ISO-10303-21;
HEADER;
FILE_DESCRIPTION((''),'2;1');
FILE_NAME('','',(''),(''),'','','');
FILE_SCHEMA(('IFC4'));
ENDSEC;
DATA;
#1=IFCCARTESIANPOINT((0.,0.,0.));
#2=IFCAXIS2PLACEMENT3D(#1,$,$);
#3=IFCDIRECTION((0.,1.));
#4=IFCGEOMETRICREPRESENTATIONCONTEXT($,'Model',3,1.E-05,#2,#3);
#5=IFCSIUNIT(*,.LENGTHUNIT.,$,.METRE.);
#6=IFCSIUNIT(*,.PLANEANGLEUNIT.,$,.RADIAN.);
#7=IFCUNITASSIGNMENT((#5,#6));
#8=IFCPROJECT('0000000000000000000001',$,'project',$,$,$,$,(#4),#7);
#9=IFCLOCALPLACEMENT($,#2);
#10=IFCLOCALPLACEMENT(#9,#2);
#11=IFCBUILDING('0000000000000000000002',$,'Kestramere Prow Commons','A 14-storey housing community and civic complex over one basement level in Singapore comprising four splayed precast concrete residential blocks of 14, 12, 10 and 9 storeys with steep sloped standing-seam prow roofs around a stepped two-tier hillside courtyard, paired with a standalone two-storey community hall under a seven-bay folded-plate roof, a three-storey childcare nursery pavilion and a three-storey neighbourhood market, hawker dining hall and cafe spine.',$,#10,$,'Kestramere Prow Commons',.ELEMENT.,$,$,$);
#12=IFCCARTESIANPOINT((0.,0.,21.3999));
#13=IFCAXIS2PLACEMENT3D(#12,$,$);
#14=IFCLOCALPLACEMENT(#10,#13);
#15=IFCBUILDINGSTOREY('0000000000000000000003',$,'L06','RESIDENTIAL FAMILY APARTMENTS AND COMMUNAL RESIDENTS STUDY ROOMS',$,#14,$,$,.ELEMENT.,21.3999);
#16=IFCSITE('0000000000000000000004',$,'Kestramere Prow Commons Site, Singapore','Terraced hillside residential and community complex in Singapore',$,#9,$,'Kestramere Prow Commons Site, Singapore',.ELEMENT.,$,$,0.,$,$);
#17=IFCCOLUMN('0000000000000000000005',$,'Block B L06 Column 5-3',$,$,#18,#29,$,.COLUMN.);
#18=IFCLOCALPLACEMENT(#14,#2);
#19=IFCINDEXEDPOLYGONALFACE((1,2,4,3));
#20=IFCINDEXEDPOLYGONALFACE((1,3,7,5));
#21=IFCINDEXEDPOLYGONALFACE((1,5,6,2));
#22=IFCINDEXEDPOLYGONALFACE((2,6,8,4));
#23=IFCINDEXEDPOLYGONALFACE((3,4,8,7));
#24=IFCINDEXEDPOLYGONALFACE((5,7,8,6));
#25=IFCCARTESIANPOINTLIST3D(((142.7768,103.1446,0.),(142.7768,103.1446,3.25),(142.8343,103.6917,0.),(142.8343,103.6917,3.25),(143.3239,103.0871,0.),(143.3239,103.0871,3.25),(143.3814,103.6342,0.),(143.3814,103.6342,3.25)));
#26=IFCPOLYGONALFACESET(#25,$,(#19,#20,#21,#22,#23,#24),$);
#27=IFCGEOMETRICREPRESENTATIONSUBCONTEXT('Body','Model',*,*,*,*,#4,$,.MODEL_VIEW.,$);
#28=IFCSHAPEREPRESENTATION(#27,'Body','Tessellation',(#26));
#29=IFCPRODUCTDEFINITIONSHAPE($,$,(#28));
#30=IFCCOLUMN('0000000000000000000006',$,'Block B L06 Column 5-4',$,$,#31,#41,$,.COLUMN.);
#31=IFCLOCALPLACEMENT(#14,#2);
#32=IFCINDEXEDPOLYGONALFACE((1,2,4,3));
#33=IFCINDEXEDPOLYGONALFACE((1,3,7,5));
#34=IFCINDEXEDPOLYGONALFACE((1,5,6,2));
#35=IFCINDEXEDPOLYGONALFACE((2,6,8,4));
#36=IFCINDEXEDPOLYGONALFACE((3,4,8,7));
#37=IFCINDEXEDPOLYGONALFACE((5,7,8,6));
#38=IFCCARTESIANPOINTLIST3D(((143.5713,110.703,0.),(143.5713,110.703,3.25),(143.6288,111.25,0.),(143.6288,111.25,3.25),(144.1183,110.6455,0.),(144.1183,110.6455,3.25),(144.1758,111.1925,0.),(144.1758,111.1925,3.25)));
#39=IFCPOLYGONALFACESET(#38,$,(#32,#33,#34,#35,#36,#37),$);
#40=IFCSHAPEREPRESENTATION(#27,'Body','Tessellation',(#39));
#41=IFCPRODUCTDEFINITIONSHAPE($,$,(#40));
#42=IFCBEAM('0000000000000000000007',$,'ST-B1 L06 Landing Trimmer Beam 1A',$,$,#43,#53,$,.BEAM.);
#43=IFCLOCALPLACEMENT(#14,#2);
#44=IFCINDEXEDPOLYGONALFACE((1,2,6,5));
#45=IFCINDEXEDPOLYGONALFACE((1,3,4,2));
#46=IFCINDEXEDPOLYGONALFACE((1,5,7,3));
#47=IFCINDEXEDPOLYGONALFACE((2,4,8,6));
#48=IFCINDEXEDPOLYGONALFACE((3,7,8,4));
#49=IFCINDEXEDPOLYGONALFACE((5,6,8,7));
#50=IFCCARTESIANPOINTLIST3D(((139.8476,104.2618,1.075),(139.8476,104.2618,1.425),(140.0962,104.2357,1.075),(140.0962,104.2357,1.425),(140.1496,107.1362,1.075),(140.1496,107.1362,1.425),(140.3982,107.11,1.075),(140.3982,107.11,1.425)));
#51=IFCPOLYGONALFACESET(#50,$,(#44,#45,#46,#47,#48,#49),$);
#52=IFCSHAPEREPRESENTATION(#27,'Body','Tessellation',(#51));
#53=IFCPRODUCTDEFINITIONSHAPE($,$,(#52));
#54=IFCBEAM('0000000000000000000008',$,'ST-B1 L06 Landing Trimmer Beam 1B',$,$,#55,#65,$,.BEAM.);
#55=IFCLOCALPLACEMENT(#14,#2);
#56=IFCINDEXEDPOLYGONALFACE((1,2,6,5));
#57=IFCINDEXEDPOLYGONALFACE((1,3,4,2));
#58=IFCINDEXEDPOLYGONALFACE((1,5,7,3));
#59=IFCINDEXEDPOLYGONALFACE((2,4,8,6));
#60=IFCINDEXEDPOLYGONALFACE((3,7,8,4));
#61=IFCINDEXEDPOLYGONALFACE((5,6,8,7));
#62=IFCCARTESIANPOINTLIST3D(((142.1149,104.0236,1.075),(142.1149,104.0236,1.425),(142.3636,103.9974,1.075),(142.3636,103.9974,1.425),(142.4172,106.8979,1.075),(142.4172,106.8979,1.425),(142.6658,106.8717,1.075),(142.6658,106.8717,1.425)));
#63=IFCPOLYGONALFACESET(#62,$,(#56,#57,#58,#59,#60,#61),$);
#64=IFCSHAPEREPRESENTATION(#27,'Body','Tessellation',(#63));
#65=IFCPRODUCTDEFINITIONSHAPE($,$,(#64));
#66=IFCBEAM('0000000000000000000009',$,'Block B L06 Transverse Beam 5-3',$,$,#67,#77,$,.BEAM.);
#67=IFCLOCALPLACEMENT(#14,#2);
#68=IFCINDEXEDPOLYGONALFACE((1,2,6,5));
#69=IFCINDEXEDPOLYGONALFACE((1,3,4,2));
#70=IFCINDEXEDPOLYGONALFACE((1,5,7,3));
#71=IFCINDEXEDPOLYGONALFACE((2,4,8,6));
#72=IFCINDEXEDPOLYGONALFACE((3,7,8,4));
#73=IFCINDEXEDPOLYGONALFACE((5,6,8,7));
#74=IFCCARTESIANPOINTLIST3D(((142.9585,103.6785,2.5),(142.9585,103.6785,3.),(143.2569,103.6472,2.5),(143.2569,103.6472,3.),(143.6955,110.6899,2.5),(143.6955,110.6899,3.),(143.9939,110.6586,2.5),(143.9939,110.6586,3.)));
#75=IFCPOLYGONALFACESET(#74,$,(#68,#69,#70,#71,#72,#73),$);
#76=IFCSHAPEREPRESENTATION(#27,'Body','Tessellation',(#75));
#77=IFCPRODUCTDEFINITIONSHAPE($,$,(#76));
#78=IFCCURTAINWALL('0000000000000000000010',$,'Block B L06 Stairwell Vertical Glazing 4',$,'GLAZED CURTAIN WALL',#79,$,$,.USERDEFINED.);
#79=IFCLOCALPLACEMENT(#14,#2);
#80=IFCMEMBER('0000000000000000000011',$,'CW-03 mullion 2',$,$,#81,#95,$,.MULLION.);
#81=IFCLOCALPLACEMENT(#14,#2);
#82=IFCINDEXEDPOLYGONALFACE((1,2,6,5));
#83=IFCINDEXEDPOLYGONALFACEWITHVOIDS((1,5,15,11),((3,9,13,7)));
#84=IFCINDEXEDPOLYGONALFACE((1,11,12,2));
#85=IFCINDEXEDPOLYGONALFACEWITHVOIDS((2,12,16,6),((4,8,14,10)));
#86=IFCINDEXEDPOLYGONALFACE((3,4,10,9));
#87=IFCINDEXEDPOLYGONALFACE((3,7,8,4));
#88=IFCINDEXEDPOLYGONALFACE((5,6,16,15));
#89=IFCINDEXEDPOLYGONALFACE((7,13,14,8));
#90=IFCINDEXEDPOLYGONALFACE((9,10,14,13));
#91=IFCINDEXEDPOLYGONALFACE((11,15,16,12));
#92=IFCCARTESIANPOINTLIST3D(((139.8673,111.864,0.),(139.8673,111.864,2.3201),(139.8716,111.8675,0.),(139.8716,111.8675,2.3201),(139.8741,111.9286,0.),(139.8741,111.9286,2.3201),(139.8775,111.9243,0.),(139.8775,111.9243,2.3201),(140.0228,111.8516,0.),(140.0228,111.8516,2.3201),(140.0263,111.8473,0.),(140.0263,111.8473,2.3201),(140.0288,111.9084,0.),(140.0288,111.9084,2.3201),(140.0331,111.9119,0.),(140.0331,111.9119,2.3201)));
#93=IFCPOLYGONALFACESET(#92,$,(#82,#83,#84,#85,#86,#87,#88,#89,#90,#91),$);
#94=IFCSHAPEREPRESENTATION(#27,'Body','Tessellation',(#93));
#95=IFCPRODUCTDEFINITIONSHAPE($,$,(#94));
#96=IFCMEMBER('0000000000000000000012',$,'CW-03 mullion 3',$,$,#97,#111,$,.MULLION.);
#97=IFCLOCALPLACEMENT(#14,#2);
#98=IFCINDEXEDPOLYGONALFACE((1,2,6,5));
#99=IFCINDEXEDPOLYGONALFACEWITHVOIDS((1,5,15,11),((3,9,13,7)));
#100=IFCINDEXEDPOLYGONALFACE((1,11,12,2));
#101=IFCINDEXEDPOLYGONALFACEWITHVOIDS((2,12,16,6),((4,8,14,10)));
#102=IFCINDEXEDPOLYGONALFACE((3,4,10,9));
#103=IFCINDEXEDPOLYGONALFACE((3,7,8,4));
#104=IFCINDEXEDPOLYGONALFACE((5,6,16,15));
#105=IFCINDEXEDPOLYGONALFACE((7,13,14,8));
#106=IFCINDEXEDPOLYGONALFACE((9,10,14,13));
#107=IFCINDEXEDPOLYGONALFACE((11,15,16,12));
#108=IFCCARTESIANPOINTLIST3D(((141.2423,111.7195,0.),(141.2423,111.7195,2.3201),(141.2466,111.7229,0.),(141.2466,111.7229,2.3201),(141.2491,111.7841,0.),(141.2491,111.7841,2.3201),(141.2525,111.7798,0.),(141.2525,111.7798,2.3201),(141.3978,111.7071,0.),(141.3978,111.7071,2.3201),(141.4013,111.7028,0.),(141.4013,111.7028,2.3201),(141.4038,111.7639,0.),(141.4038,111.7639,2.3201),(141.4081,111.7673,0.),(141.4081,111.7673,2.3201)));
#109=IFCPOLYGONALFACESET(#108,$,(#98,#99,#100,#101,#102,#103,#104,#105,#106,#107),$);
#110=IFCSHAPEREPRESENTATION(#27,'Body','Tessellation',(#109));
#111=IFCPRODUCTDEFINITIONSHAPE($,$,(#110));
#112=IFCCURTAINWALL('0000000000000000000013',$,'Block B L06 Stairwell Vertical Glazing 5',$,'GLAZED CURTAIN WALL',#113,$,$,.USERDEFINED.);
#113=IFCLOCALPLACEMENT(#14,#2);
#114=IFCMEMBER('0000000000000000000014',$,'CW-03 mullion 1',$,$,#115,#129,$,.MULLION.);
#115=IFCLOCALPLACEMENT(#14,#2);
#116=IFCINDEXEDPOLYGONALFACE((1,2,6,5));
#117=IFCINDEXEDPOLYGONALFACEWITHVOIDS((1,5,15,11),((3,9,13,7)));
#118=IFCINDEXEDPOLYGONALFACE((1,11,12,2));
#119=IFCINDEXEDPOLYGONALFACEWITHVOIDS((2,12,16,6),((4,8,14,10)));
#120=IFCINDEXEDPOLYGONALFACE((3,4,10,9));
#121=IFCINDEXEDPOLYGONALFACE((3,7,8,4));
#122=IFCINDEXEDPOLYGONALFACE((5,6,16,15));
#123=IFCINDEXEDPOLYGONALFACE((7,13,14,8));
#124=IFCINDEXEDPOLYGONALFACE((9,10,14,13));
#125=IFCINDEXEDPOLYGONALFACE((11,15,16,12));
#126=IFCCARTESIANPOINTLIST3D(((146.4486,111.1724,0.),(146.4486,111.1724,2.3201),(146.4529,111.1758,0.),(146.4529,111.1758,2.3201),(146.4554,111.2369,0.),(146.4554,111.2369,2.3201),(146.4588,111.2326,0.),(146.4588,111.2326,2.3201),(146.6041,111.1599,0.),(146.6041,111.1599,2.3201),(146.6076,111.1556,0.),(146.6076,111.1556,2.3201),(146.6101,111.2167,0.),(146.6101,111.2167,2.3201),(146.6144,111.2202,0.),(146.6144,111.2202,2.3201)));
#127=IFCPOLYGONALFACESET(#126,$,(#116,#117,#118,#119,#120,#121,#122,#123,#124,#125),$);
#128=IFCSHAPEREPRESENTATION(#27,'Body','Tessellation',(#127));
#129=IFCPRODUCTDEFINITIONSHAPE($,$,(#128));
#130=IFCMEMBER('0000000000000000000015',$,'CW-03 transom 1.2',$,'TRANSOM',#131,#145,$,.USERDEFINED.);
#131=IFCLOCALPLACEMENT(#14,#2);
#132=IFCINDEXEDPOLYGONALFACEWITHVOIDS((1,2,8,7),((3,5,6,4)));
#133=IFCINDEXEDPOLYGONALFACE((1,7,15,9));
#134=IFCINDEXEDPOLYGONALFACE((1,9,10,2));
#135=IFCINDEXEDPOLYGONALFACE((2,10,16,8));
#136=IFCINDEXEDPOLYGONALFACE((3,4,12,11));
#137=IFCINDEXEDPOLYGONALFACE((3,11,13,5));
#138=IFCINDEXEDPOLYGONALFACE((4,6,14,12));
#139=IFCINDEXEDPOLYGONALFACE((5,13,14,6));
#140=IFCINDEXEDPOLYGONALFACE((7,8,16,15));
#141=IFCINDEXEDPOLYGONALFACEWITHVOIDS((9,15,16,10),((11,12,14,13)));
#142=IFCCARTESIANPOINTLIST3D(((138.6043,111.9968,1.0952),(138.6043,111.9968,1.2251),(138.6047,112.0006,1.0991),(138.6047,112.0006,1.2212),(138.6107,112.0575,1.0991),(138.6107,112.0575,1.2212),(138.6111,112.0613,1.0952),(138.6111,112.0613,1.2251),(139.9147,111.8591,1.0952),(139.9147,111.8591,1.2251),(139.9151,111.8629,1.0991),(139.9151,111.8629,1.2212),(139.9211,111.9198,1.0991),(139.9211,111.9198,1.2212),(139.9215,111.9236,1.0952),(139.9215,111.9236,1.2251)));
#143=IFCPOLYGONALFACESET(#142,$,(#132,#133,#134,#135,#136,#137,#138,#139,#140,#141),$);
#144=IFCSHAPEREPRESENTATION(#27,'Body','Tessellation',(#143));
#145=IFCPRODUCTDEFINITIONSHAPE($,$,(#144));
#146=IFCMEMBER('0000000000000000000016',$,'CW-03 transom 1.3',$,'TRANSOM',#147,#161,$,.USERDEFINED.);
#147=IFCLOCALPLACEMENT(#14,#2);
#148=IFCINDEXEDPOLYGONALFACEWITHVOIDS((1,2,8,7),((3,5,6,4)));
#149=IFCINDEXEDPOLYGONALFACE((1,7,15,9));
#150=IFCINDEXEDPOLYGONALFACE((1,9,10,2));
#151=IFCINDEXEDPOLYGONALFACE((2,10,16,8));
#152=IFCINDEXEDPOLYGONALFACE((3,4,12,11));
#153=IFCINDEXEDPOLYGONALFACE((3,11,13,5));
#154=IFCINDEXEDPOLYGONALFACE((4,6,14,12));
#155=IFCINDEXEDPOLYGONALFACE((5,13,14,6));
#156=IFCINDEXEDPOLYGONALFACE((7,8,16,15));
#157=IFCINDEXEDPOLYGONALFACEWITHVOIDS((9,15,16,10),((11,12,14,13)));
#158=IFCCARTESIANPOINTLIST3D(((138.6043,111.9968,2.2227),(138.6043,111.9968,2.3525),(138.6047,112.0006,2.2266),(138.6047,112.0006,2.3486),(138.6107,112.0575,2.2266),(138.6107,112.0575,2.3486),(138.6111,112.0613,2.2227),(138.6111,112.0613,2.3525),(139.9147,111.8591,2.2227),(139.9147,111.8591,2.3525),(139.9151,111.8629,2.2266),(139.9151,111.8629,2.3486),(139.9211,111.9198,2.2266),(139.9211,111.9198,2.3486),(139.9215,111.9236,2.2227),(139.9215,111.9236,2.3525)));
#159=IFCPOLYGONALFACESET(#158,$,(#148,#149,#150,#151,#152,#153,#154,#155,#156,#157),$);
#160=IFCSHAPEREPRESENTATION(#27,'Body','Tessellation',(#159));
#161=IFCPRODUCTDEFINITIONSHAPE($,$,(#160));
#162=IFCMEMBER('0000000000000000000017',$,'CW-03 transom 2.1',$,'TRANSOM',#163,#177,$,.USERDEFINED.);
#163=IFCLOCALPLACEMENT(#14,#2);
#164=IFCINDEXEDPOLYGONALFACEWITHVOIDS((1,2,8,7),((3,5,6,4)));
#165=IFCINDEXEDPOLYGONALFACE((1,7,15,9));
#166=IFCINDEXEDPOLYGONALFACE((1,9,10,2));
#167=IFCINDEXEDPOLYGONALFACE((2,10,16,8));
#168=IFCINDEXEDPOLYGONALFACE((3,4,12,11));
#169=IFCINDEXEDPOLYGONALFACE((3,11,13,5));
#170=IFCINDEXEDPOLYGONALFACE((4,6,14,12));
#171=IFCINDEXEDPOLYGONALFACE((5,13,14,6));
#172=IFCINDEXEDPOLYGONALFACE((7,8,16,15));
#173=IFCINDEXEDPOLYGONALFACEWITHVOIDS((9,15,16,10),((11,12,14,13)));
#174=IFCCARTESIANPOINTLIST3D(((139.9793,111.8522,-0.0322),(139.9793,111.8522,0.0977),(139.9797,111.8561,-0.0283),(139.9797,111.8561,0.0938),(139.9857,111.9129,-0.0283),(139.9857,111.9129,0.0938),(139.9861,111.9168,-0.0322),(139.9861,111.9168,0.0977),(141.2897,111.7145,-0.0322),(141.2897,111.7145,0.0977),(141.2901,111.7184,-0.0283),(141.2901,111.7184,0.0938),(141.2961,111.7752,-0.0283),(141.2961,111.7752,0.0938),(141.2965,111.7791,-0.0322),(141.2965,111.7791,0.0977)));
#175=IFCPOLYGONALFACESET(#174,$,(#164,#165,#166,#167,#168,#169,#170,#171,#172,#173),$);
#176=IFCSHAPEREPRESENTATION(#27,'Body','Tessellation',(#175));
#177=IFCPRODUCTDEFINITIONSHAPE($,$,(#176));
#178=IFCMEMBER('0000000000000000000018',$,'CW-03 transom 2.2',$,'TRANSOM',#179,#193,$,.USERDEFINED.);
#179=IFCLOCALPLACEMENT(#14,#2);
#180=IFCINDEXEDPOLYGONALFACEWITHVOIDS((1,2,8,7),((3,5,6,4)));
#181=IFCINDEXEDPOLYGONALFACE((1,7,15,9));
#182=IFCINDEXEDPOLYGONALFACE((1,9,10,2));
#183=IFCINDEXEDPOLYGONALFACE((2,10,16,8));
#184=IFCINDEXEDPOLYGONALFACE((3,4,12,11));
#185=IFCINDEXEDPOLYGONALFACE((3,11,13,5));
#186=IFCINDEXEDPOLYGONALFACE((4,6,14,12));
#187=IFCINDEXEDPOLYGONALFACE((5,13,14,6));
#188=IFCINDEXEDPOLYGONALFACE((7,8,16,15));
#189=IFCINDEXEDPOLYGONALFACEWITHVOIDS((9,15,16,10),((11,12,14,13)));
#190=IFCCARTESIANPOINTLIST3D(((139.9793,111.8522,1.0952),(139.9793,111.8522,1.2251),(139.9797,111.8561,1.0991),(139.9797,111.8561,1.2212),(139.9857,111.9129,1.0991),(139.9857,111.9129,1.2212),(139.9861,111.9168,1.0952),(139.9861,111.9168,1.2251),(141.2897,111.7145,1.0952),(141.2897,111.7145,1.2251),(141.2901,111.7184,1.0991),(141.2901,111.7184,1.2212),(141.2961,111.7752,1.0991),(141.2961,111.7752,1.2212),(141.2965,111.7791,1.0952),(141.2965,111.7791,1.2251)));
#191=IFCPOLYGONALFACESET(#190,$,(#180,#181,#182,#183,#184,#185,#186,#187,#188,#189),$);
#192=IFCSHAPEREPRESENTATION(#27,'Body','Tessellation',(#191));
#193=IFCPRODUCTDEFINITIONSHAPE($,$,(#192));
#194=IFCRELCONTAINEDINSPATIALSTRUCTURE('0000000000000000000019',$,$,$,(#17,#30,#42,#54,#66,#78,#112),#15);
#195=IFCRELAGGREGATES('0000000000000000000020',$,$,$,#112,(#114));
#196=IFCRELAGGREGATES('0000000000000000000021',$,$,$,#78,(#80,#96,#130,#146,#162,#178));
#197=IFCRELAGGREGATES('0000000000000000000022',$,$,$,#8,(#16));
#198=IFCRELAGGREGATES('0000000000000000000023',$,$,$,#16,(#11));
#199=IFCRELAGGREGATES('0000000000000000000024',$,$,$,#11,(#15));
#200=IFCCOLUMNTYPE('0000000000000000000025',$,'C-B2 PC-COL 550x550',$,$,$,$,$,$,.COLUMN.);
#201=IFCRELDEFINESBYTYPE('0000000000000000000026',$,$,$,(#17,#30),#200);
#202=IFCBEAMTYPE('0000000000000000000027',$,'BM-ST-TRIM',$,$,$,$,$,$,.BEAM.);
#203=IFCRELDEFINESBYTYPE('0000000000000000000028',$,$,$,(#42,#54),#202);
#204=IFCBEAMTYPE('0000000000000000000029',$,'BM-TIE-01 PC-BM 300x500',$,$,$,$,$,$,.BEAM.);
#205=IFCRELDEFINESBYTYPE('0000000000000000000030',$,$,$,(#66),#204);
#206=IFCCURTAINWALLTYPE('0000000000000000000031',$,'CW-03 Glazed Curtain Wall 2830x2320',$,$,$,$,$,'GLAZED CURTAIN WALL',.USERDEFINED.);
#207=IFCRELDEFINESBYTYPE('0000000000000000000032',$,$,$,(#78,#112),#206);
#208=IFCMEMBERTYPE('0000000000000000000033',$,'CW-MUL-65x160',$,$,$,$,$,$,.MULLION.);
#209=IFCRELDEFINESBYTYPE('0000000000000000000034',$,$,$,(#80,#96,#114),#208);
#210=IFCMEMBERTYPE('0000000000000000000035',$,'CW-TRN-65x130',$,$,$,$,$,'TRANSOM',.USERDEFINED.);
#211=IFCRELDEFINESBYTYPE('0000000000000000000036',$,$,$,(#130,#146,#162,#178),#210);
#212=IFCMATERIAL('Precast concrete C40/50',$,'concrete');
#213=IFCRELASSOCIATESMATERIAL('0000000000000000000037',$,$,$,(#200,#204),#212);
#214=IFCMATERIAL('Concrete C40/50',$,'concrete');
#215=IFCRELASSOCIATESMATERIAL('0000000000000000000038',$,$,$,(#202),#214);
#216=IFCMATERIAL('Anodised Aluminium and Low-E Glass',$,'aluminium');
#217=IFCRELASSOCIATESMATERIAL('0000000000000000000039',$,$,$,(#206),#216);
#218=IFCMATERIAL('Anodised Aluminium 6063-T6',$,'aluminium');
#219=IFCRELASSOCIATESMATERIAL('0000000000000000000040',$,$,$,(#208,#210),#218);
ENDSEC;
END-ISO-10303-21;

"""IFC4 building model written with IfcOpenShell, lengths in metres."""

from ifc_helpers import new_model, si_unit, direction, frame, origin, origin_2d, place, context, subcontext, project, spatial, rectangle, hollow_rectangle, extrude, material, material_profile, profile_set, type_object, element, aggregate, save


model = new_model("IFC4")

# Units and contexts
model_context = context("Model", 3, precision=1e-05, world=origin(), true_north=direction((0.0, 1.0)))
body_context = subcontext(model_context, "Body", "Model", "MODEL_VIEW")
ifc_project = project(units=[si_unit("LENGTHUNIT", "METRE"), si_unit("PLANEANGLEUNIT", "RADIAN")], contexts=[model_context])

# Site, building, storey
site_placement = place(None, origin())
site = spatial("IfcSite", under=ifc_project, at=site_placement, Name="Kestramere Prow Commons Site, Singapore", Description="Terraced hillside residential and community complex in Singapore", LongName="Kestramere Prow Commons Site, Singapore", CompositionType="ELEMENT", RefElevation=0.0)
building_placement = place(site_placement, origin())
building = spatial("IfcBuilding", under=site, at=building_placement, Name="Kestramere Prow Commons", Description="A 14-storey housing community and civic complex over one basement level in Singapore comprising four splayed precast concrete residential blocks of 14, 12, 10 and 9 storeys with steep sloped standing-seam prow roofs around a stepped two-tier hillside courtyard, paired with a standalone two-storey community hall under a seven-bay folded-plate roof, a three-storey childcare nursery pavilion and a three-storey neighbourhood market, hawker dining hall and cafe spine.", LongName="Kestramere Prow Commons", CompositionType="ELEMENT")
storey_placement = place(building_placement, frame((0.0, 0.0, 21.3999)))
storey = spatial("IfcBuildingStorey", under=building, at=storey_placement, Name="L06", Description="RESIDENTIAL FAMILY APARTMENTS AND COMMUNAL RESIDENTS STUDY ROOMS", CompositionType="ELEMENT", Elevation=21.3999)

# Columns
ifc_material_1 = material(Name="Precast concrete C40/50", Category="concrete")
ifc_material_profile_1 = material_profile(ifc_material_1, rectangle(XDim=0.55, YDim=0.55, at=origin_2d()), Name="PC-COL 550x550")
ifc_profile_set_1 = profile_set([ifc_material_profile_1], Name="Precast concrete C40/50")
column_type = type_object("IfcColumnType", Name="C-B2 PC-COL 550x550", PredefinedType="COLUMN", material=ifc_profile_set_1)
for number, where, z_axis, x_axis, name in (
    (1, (143.0791, 103.3894, 0.0), (0.0, 0.0, 1.0), (0.994522, -0.104528, 0.0), "Block B L06 Column 5-3"),
    (2, (143.8735, 110.9478, 0.0), (0.0, 0.0, 1.0), (0.994522, -0.104528, 0.0), "Block B L06 Column 5-4"),
):
    element("IfcColumn", number, at=place(storey_placement, frame(where, z_axis=z_axis, x_axis=x_axis)), inside=storey, type_object=column_type, Name=name, PredefinedType="COLUMN", context=body_context, shape_type="SweptSolid", body=[
        extrude(rectangle(XDim=0.55, YDim=0.55, at=origin_2d()), origin(), (0.0, 0.0, 1.0), 3.25),
    ])

# Beams
ifc_material_2 = material(Name="Concrete C40/50", Category="concrete")
ifc_material_profile_2 = material_profile(ifc_material_2, rectangle(XDim=0.25, YDim=0.3501, at=origin_2d()), Name="PC-BM 250x350")
ifc_profile_set_2 = profile_set([ifc_material_profile_2], Name="Concrete C40/50")
beam_type_1 = type_object("IfcBeamType", Name="BM-ST-TRIM", PredefinedType="BEAM", material=ifc_profile_set_2)
for number, where, z_axis, x_axis, name in (
    (3, (139.9719, 104.2488, 1.25), (0.104496, 0.994525, 0.0), (-0.994525, 0.104496, 0.0), "ST-B1 L06 Landing Trimmer Beam 1A"),
    (4, (142.2393, 104.0105, 1.25), (0.104579, 0.994517, 0.0), (-0.994517, 0.104579, 0.0), "ST-B1 L06 Landing Trimmer Beam 1B"),
):
    element("IfcBeam", number, at=place(storey_placement, frame(where, z_axis=z_axis, x_axis=x_axis)), inside=storey, type_object=beam_type_1, Name=name, PredefinedType="BEAM", context=body_context, shape_type="SweptSolid", body=[
        extrude(rectangle(XDim=0.25, YDim=0.3501, at=origin_2d()), origin(), (0.0, 0.0, 1.0), 2.8901),
    ])
ifc_material_profile_3 = material_profile(ifc_material_1, rectangle(XDim=0.3, YDim=0.5, at=origin_2d()), Name="PC-BM 300x500")
ifc_profile_set_3 = profile_set([ifc_material_profile_3], Name="Precast concrete C40/50")
beam_type_2 = type_object("IfcBeamType", Name="BM-TIE-01 PC-BM 300x500", PredefinedType="BEAM", material=ifc_profile_set_3)
beam_1_placement = place(storey_placement, frame((143.1077, 103.6628, 2.75), z_axis=(0.104546, 0.99452, 0.0), x_axis=(-0.99452, 0.104546, 0.0)))
element("IfcBeam", 5, at=beam_1_placement, inside=storey, type_object=beam_type_2, Name="Block B L06 Transverse Beam 5-3", PredefinedType="BEAM", context=body_context, shape_type="SweptSolid", body=[
    extrude(rectangle(XDim=0.3, YDim=0.5, at=origin_2d()), origin(), (0.0, 0.0, 1.0), 7.05),
])

# Curtain wall, members
ifc_material_3 = material(Name="Anodised Aluminium and Low-E Glass", Category="aluminium")
curtain_wall_type = type_object("IfcCurtainWallType", Name="CW-03 Glazed Curtain Wall 2830x2320", ElementType="GLAZED CURTAIN WALL", PredefinedType="USERDEFINED", material=ifc_material_3)
curtain_wall_1_placement = place(storey_placement, origin())
curtain_wall_1 = element("IfcCurtainWall", 6, at=curtain_wall_1_placement, inside=storey, type_object=curtain_wall_type, Name="Block B L06 Stairwell Vertical Glazing 4", ObjectType="GLAZED CURTAIN WALL", PredefinedType="USERDEFINED")
ifc_material_4 = material(Name="Anodised Aluminium 6063-T6", Category="aluminium")
ifc_material_profile_4 = material_profile(ifc_material_4, hollow_rectangle(XDim=0.0649, YDim=0.1599, WallThickness=0.0039, at=origin_2d()), Name="ALU-MUL 65x160")
ifc_profile_set_4 = profile_set([ifc_material_profile_4], Name="Anodised Aluminium 6063-T6")
member_type_1 = type_object("IfcMemberType", Name="CW-MUL-65x160", PredefinedType="MULLION", material=ifc_profile_set_4)
member_1_placement = place(storey_placement, frame((139.9502, 111.8879, 0.0), z_axis=(0.0, 0.0, 1.0), x_axis=(0.104529, 0.994522, 0.0)))
member_1 = element("IfcMember", 7, at=member_1_placement, type_object=member_type_1, Name="CW-03 mullion 2", PredefinedType="MULLION", context=body_context, shape_type="SweptSolid", body=[
    extrude(hollow_rectangle(XDim=0.0649, YDim=0.1599, WallThickness=0.0039, at=origin_2d()), origin(), (0.0, 0.0, 1.0), 2.3201),
])
member_2_placement = place(storey_placement, frame((141.3252, 111.7434, 0.0), z_axis=(0.0, 0.0, 1.0), x_axis=(0.104529, 0.994522, 0.0)))
member_2 = element("IfcMember", 8, at=member_2_placement, type_object=member_type_1, Name="CW-03 mullion 3", PredefinedType="MULLION", context=body_context, shape_type="SweptSolid", body=[
    extrude(hollow_rectangle(XDim=0.0649, YDim=0.1599, WallThickness=0.0039, at=origin_2d()), origin(), (0.0, 0.0, 1.0), 2.3201),
])

# Curtain wall, member
curtain_wall_2_placement = place(storey_placement, origin())
curtain_wall_2 = element("IfcCurtainWall", 9, at=curtain_wall_2_placement, inside=storey, type_object=curtain_wall_type, Name="Block B L06 Stairwell Vertical Glazing 5", ObjectType="GLAZED CURTAIN WALL", PredefinedType="USERDEFINED")
member_3_placement = place(storey_placement, frame((146.5315, 111.1963, 0.0), z_axis=(0.0, 0.0, 1.0), x_axis=(0.104528, 0.994522, 0.0)))
member_3 = element("IfcMember", 10, at=member_3_placement, type_object=member_type_1, Name="CW-03 mullion 1", PredefinedType="MULLION", context=body_context, shape_type="SweptSolid", body=[
    extrude(hollow_rectangle(XDim=0.0649, YDim=0.1599, WallThickness=0.0039, at=origin_2d()), origin(), (0.0, 0.0, 1.0), 2.3201),
])

# Members
ifc_material_profile_5 = material_profile(ifc_material_4, hollow_rectangle(XDim=0.0649, YDim=0.1299, WallThickness=0.0039, at=origin_2d()), Name="ALU-TRN 65x130")
ifc_profile_set_5 = profile_set([ifc_material_profile_5], Name="Anodised Aluminium 6063-T6")
member_type_2 = type_object("IfcMemberType", Name="CW-TRN-65x130", ElementType="TRANSOM", PredefinedType="USERDEFINED", material=ifc_profile_set_5)
member_4_placement = place(storey_placement, frame((138.6077, 112.0291, 1.1602), z_axis=(0.994524, -0.104511, 0.0), x_axis=(0.104511, 0.994524, 0.0)))
member_4 = element("IfcMember", 11, at=member_4_placement, type_object=member_type_2, Name="CW-03 transom 1.2", ObjectType="TRANSOM", PredefinedType="USERDEFINED", context=body_context, shape_type="SweptSolid", body=[
    extrude(hollow_rectangle(XDim=0.0649, YDim=0.1299, WallThickness=0.0039, at=origin_2d()), origin(), (0.0, 0.0, 1.0), 1.3176),
])
member_5_placement = place(storey_placement, frame((138.6077, 112.0291, 2.2876), z_axis=(0.994524, -0.104511, 0.0), x_axis=(0.104511, 0.994524, 0.0)))
member_5 = element("IfcMember", 12, at=member_5_placement, type_object=member_type_2, Name="CW-03 transom 1.3", ObjectType="TRANSOM", PredefinedType="USERDEFINED", context=body_context, shape_type="SweptSolid", body=[
    extrude(hollow_rectangle(XDim=0.0649, YDim=0.1299, WallThickness=0.0039, at=origin_2d()), origin(), (0.0, 0.0, 1.0), 1.3176),
])
member_6_placement = place(storey_placement, frame((139.9827, 111.8845, 0.0327), z_axis=(0.994524, -0.104511, 0.0), x_axis=(0.104511, 0.994524, 0.0)))
member_6 = element("IfcMember", 13, at=member_6_placement, type_object=member_type_2, Name="CW-03 transom 2.1", ObjectType="TRANSOM", PredefinedType="USERDEFINED", context=body_context, shape_type="SweptSolid", body=[
    extrude(hollow_rectangle(XDim=0.0649, YDim=0.1299, WallThickness=0.0039, at=origin_2d()), origin(), (0.0, 0.0, 1.0), 1.3176),
])
member_7_placement = place(storey_placement, frame((139.9827, 111.8845, 1.1602), z_axis=(0.994524, -0.104511, 0.0), x_axis=(0.104511, 0.994524, 0.0)))
member_7 = element("IfcMember", 14, at=member_7_placement, type_object=member_type_2, Name="CW-03 transom 2.2", ObjectType="TRANSOM", PredefinedType="USERDEFINED", context=body_context, shape_type="SweptSolid", body=[
    extrude(hollow_rectangle(XDim=0.0649, YDim=0.1299, WallThickness=0.0039, at=origin_2d()), origin(), (0.0, 0.0, 1.0), 1.3176),
])
aggregate(curtain_wall_2, [member_3])

aggregate(curtain_wall_1, [member_1, member_2, member_4, member_5, member_6, member_7])

save(model, "model.ifc")
